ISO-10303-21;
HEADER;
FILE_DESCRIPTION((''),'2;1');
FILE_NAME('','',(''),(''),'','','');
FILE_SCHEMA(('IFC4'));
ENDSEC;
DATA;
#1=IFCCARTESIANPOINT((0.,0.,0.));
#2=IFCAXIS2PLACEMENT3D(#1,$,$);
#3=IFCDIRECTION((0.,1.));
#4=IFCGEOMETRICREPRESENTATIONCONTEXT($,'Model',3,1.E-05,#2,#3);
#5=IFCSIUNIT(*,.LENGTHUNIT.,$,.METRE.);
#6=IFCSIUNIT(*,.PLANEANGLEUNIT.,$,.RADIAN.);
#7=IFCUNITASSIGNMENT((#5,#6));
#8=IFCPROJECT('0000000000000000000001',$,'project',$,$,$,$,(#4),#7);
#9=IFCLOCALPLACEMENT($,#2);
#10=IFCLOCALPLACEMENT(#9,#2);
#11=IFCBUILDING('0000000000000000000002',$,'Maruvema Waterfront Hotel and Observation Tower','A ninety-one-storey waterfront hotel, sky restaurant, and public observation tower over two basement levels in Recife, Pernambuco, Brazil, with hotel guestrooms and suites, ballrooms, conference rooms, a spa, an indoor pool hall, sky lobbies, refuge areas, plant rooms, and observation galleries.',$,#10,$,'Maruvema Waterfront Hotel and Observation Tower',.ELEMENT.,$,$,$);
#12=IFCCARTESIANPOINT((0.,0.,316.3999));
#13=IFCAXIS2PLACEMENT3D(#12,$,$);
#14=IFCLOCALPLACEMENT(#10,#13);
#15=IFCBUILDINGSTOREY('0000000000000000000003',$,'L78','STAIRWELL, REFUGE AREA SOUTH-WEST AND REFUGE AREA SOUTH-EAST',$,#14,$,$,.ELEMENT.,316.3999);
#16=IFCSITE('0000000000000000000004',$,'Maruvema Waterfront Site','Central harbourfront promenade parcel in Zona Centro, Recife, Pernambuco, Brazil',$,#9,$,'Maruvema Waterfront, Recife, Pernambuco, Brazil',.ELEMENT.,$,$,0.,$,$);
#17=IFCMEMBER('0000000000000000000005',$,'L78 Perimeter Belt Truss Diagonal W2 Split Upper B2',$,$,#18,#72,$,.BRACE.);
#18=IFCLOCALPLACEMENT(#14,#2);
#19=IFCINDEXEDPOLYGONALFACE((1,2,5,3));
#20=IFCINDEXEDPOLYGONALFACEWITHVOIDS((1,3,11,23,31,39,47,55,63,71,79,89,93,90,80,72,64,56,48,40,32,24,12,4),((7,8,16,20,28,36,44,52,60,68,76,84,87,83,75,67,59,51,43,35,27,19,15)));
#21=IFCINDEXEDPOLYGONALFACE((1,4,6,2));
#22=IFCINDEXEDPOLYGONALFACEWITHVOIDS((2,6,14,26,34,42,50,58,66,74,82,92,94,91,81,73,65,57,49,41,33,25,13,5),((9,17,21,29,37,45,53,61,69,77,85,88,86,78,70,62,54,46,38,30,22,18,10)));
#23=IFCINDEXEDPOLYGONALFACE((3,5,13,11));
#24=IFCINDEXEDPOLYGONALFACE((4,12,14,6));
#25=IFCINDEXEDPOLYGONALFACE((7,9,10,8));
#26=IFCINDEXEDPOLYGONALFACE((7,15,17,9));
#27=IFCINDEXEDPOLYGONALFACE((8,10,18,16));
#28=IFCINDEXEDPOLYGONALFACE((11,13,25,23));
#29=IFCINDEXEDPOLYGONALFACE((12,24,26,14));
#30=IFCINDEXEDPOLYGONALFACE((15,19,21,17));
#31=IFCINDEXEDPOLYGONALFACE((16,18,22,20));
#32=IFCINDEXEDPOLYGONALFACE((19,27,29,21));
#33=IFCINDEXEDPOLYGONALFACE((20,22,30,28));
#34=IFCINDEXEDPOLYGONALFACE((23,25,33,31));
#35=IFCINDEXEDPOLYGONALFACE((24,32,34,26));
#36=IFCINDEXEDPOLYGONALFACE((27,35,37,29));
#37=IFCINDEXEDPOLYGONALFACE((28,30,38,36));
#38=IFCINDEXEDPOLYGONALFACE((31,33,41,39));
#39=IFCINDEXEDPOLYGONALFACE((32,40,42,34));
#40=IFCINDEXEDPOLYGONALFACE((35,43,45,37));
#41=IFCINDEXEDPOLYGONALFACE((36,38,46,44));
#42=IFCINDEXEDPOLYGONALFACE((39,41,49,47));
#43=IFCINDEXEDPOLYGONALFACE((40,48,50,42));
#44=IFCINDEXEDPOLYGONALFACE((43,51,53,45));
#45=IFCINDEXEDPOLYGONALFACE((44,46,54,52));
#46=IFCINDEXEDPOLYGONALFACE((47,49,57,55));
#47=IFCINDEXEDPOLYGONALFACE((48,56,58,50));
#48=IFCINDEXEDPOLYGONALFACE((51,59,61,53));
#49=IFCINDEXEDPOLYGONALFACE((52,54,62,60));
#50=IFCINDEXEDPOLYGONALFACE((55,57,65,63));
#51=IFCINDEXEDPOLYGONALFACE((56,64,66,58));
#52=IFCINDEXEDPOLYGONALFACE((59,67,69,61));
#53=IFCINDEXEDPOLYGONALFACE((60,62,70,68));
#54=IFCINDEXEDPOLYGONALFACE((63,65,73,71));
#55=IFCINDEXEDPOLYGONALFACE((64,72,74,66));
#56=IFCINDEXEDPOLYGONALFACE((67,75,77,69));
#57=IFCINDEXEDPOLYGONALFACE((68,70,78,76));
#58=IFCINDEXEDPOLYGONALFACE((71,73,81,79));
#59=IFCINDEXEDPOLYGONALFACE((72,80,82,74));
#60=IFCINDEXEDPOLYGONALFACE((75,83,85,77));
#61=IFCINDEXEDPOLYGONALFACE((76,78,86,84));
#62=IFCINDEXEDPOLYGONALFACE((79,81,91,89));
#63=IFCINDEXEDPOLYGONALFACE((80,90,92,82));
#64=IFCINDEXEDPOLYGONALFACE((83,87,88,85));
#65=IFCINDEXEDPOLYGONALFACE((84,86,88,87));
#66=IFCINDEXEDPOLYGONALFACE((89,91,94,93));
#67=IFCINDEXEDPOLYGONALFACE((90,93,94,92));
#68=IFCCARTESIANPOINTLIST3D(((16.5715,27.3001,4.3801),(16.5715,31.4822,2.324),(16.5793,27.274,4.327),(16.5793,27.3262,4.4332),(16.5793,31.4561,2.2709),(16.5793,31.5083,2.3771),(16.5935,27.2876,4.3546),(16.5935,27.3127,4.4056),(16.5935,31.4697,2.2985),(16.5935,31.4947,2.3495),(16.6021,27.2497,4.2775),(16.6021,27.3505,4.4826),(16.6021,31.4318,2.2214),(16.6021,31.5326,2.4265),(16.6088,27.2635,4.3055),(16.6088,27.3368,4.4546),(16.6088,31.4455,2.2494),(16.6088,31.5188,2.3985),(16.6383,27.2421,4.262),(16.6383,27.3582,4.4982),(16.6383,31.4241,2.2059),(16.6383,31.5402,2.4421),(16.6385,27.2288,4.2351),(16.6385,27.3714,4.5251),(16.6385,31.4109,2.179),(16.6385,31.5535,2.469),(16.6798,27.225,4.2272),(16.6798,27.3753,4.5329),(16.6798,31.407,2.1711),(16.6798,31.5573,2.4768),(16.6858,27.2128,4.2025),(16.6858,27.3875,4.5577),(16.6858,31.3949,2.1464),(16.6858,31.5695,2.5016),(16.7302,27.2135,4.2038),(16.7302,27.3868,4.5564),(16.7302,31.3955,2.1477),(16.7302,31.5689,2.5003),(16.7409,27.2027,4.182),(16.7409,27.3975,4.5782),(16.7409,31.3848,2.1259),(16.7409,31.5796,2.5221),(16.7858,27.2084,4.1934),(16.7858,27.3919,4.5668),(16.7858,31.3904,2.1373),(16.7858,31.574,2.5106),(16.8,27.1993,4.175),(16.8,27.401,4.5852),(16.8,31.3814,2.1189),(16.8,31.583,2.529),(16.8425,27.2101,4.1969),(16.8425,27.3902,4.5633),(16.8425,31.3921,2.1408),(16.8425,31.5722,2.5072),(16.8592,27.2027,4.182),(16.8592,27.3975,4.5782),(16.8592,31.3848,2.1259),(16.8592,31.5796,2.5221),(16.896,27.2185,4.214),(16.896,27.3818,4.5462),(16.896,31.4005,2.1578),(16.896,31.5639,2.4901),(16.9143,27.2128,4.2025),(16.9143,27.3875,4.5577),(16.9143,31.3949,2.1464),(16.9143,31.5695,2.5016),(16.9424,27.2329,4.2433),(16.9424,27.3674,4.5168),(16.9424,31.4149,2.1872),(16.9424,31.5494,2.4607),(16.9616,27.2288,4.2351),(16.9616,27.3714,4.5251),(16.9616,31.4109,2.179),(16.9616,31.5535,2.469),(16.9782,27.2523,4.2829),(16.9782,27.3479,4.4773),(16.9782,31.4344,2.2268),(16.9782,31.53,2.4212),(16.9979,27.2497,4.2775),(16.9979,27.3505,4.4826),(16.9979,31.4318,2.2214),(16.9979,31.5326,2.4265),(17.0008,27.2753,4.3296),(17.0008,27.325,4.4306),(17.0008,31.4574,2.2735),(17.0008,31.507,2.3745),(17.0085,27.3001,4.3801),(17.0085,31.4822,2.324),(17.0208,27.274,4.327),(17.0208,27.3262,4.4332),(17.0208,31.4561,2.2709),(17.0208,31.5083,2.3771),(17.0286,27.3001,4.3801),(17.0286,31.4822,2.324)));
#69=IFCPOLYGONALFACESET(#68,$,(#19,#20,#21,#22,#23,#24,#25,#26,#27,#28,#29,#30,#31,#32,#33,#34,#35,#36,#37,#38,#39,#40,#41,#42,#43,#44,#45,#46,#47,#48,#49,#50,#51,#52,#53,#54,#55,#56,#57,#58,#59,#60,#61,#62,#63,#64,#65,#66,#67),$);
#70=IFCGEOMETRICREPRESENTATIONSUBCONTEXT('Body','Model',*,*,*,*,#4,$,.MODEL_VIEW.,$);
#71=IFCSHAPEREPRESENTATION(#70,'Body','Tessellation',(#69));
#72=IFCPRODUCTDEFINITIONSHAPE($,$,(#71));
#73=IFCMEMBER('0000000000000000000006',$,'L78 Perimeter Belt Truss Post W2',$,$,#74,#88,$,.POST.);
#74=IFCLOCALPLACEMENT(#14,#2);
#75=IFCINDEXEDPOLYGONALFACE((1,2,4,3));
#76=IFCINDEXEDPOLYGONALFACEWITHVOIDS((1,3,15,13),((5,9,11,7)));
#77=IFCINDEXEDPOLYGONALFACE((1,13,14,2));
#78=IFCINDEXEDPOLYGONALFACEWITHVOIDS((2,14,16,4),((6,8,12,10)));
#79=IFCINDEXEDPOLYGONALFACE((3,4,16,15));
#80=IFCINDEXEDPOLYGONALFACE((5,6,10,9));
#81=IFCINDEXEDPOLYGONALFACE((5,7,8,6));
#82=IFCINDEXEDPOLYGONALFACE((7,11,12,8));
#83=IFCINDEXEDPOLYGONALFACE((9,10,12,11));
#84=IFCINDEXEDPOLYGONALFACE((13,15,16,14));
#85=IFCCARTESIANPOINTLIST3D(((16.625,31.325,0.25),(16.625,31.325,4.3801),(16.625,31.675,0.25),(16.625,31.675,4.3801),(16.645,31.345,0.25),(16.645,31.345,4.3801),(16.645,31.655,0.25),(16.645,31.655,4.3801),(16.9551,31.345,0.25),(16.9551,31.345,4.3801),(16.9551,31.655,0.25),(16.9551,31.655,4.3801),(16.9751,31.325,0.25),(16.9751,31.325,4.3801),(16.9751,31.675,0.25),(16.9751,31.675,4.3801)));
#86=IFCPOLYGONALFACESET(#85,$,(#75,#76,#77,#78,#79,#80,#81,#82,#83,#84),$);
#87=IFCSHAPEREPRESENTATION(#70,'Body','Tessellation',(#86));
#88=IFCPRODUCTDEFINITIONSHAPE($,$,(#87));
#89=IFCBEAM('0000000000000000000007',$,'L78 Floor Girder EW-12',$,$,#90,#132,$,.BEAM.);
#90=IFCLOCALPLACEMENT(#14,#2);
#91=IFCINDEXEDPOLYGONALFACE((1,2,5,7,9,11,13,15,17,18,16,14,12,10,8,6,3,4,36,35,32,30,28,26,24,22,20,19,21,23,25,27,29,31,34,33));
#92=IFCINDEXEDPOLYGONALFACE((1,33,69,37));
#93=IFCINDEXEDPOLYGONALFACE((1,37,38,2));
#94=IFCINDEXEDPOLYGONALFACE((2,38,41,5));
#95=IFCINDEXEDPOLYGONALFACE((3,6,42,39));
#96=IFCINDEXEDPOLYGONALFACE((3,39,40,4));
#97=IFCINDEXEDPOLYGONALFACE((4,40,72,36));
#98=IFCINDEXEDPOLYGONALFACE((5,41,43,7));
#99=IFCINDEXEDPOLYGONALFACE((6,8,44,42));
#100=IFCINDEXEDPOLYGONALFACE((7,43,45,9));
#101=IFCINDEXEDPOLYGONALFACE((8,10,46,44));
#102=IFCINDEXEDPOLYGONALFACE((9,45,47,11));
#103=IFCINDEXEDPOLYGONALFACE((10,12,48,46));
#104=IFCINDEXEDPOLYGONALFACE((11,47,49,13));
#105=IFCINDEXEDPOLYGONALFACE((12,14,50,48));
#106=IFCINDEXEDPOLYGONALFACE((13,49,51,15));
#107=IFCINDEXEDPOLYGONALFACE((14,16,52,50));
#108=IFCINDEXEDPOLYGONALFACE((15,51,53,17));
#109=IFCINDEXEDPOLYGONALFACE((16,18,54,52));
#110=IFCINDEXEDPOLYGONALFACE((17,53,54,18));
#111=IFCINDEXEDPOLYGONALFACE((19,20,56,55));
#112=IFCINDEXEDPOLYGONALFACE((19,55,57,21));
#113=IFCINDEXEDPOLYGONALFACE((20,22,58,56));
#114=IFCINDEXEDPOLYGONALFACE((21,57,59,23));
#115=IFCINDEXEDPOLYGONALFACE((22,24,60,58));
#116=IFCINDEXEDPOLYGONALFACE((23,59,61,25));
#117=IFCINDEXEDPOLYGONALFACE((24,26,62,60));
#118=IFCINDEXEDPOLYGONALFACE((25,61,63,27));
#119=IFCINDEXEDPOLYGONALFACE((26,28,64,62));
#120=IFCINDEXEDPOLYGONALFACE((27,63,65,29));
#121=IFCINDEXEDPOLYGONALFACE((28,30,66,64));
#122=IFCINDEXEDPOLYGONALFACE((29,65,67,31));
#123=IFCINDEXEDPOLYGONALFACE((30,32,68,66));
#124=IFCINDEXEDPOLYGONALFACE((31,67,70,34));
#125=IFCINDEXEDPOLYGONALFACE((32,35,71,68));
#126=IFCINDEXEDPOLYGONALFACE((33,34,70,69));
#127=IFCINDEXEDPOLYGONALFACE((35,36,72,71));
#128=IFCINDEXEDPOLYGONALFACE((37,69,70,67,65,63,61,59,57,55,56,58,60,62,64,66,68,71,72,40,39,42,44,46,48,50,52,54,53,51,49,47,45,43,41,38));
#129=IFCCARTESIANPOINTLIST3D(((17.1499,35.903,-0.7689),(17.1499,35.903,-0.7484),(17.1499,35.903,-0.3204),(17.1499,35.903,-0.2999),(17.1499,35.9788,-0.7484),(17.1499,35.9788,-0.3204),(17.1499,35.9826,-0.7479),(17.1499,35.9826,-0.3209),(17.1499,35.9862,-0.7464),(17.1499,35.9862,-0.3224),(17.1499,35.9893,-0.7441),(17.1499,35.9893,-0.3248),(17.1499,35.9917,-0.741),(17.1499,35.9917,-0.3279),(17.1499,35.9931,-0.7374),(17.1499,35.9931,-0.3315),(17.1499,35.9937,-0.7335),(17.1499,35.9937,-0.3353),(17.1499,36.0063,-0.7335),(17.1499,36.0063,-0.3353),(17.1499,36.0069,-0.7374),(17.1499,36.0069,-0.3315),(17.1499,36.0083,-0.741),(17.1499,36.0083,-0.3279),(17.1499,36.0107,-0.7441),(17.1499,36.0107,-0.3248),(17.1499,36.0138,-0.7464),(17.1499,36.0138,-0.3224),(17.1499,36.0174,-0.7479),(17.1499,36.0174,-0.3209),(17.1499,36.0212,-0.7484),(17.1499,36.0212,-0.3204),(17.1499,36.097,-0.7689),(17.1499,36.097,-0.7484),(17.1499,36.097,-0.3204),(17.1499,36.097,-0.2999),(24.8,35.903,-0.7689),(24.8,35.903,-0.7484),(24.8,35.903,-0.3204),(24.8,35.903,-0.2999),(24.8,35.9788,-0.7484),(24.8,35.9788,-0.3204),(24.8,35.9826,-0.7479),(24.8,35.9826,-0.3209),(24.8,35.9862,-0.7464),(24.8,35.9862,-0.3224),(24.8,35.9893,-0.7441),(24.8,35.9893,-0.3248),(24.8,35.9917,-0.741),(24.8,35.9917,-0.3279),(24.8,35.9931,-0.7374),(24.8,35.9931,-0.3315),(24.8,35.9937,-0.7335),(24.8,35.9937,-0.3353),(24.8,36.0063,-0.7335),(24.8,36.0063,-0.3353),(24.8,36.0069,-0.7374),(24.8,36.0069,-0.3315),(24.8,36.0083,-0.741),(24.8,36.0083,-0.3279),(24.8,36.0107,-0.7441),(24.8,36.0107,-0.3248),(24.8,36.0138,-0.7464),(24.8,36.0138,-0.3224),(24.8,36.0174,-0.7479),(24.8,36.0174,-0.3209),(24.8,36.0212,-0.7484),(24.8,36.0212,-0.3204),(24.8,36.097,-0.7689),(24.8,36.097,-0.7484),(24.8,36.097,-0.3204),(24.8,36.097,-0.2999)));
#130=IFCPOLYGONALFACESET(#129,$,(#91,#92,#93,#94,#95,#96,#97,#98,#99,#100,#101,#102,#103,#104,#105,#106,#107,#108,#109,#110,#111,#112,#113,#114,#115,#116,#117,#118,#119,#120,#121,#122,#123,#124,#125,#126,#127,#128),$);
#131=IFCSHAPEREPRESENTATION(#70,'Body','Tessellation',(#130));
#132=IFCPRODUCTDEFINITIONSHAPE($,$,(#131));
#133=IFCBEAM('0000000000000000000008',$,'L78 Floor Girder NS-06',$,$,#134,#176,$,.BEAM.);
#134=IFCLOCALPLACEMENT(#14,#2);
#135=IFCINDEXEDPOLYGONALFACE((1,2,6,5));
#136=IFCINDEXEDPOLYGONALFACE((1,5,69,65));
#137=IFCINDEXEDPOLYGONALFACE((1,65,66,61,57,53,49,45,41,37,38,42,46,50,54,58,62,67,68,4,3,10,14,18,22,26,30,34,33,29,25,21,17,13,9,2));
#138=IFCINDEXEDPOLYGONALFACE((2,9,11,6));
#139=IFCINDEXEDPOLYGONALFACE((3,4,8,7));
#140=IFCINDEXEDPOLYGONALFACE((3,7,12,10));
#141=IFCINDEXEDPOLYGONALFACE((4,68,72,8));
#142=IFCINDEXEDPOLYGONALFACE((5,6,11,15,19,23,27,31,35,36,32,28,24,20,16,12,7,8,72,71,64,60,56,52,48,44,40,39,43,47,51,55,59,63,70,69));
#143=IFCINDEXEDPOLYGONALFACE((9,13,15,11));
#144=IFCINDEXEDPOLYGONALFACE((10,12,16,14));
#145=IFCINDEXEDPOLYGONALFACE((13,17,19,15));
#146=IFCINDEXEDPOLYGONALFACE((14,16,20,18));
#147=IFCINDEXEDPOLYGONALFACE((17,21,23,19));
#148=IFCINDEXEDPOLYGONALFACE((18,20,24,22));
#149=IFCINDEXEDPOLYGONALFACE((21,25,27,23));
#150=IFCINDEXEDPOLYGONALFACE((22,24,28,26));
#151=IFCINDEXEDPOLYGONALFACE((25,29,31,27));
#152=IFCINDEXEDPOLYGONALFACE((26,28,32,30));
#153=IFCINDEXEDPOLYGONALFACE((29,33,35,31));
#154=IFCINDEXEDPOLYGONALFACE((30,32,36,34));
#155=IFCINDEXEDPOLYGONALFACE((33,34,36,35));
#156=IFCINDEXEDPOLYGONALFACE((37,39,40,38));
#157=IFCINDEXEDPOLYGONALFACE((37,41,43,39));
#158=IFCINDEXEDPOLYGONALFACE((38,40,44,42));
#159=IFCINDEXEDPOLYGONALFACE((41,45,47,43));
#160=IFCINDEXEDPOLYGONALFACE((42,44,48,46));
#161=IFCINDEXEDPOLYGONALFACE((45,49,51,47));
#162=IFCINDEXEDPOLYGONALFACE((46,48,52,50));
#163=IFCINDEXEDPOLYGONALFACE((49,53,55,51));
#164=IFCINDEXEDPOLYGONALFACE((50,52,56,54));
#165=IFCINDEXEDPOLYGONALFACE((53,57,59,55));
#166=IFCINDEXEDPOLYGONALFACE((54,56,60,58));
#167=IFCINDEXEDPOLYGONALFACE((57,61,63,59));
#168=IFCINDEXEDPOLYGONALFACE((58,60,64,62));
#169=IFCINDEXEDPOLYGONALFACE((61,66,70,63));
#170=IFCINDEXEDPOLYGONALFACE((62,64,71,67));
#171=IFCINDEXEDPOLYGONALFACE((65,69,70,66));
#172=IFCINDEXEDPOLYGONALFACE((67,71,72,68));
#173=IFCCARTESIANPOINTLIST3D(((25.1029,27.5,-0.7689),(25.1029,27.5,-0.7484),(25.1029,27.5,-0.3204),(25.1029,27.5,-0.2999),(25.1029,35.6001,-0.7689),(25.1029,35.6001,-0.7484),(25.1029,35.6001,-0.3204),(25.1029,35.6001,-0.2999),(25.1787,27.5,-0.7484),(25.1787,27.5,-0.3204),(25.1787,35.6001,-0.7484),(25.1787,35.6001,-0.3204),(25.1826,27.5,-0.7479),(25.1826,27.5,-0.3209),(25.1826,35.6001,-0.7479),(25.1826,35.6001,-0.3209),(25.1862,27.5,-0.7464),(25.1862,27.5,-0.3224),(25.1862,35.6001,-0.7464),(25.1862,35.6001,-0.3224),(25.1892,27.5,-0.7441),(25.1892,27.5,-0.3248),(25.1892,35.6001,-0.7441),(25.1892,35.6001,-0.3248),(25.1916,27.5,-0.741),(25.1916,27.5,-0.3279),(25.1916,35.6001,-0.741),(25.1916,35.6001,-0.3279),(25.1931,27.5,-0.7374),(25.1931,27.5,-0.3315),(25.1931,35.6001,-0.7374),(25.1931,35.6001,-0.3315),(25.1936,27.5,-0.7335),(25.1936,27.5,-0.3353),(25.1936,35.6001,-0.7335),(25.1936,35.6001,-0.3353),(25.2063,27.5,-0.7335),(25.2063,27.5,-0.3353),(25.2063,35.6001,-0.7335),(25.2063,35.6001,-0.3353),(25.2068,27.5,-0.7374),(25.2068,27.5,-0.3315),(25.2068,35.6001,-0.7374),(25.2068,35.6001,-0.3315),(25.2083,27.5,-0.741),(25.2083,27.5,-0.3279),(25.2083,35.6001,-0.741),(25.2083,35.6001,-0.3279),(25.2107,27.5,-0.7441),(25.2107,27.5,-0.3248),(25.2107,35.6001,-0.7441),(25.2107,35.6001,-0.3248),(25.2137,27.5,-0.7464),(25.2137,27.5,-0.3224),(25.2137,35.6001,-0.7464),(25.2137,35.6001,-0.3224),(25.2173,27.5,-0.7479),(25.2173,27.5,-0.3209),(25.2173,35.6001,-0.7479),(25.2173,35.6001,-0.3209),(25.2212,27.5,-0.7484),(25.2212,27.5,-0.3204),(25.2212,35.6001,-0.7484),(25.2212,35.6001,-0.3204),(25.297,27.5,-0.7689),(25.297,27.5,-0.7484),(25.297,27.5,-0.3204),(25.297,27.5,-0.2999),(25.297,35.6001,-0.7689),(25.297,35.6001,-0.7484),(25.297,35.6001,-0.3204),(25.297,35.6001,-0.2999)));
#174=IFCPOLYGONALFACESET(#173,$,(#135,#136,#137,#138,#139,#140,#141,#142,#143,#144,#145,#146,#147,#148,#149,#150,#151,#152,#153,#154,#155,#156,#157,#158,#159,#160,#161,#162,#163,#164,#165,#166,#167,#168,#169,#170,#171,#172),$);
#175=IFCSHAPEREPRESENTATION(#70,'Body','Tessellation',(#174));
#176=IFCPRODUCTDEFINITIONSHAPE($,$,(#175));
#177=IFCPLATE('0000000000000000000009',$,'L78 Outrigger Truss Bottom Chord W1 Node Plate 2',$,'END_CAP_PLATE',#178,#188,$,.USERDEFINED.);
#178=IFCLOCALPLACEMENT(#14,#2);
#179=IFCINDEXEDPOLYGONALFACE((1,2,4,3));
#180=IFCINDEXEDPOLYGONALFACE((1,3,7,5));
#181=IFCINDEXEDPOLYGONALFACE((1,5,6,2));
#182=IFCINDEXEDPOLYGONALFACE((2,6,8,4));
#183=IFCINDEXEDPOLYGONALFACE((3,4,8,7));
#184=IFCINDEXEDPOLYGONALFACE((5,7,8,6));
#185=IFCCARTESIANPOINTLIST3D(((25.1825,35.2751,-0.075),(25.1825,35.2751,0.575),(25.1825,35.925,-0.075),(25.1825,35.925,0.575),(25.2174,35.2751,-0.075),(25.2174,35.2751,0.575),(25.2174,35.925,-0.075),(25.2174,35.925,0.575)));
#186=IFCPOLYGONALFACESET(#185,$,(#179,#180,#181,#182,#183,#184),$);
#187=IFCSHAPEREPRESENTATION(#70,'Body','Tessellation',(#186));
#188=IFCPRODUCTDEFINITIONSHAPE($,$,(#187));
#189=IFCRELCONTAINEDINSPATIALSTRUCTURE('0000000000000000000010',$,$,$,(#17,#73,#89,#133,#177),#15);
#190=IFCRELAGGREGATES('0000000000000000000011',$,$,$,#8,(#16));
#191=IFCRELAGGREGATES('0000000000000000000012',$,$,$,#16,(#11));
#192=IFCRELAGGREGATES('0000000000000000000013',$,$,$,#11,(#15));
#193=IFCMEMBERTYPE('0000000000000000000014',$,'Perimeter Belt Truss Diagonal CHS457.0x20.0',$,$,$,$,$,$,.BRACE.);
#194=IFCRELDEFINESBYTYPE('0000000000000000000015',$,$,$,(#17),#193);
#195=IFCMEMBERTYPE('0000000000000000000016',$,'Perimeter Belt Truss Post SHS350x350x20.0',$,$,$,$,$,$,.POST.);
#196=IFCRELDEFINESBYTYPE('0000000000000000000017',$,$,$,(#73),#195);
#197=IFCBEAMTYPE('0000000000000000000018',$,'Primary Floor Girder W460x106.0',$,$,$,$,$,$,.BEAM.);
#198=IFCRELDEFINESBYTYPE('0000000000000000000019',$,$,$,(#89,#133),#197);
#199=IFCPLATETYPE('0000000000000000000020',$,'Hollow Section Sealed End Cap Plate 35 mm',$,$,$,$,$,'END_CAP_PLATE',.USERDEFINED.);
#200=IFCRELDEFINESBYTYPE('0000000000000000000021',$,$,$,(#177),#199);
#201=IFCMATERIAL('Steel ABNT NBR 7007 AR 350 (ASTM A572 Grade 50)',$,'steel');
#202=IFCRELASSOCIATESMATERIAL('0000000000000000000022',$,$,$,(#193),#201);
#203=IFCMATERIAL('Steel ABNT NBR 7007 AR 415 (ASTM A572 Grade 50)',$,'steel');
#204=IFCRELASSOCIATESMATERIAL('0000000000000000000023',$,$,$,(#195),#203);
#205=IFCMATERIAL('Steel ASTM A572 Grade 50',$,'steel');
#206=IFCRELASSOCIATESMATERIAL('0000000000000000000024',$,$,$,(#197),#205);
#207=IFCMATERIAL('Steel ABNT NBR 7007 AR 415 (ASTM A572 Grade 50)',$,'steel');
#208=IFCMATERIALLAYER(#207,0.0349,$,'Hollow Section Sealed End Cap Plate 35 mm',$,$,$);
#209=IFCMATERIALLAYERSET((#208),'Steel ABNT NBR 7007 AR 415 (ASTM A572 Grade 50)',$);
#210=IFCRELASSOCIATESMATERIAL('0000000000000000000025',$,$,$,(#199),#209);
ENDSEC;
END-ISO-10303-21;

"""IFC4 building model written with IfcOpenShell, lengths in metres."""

from ifc_helpers import new_model, si_unit, direction, frame, origin, origin_2d, place, context, subcontext, project, spatial, rectangle, hollow_rectangle, hollow_circle, i_section, extrude, material, layer, layer_set, material_profile, profile_set, type_object, element, save


model = new_model("IFC4")

# Units and contexts
model_context = context("Model", 3, precision=1e-05, world=origin(), true_north=direction((0.0, 1.0)))
body_context = subcontext(model_context, "Body", "Model", "MODEL_VIEW")
ifc_project = project(units=[si_unit("LENGTHUNIT", "METRE"), si_unit("PLANEANGLEUNIT", "RADIAN")], contexts=[model_context])

# Site, building, storey
site_placement = place(None, origin())
site = spatial("IfcSite", under=ifc_project, at=site_placement, Name="Maruvema Waterfront Site", Description="Central harbourfront promenade parcel in Zona Centro, Recife, Pernambuco, Brazil", LongName="Maruvema Waterfront, Recife, Pernambuco, Brazil", CompositionType="ELEMENT", RefElevation=0.0)
building_placement = place(site_placement, origin())
building = spatial("IfcBuilding", under=site, at=building_placement, Name="Maruvema Waterfront Hotel and Observation Tower", Description="A ninety-one-storey waterfront hotel, sky restaurant, and public observation tower over two basement levels in Recife, Pernambuco, Brazil, with hotel guestrooms and suites, ballrooms, conference rooms, a spa, an indoor pool hall, sky lobbies, refuge areas, plant rooms, and observation galleries.", LongName="Maruvema Waterfront Hotel and Observation Tower", CompositionType="ELEMENT")
storey_placement = place(building_placement, frame((0.0, 0.0, 316.3999)))
storey = spatial("IfcBuildingStorey", under=building, at=storey_placement, Name="L78", Description="STAIRWELL, REFUGE AREA SOUTH-WEST AND REFUGE AREA SOUTH-EAST", CompositionType="ELEMENT", Elevation=316.3999)

# Members
ifc_material_1 = material(Name="Steel ABNT NBR 7007 AR 350 (ASTM A572 Grade 50)", Category="steel")
ifc_material_profile_1 = material_profile(ifc_material_1, hollow_circle(Radius=0.2285, WallThickness=0.02, at=origin_2d()), Name="CHS457.0x20.0")
ifc_profile_set_1 = profile_set([ifc_material_profile_1], Name="Steel ABNT NBR 7007 AR 350 (ASTM A572 Grade 50)")
member_type_1 = type_object("IfcMemberType", Name="Perimeter Belt Truss Diagonal CHS457.0x20.0", PredefinedType="BRACE", material=ifc_profile_set_1)
member_1_placement = place(storey_placement, frame((16.8, 31.4822, 2.324), z_axis=(0.0, -0.897404, 0.44121), x_axis=(1.0, 0.0, 0.0)))
element("IfcMember", 1, at=member_1_placement, inside=storey, type_object=member_type_1, Name="L78 Perimeter Belt Truss Diagonal W2 Split Upper B2", PredefinedType="BRACE", context=body_context, shape_type="SweptSolid", body=[
    extrude(hollow_circle(Radius=0.2285, WallThickness=0.02, at=origin_2d()), origin(), (0.0, 0.0, 1.0), 4.6602),
])
ifc_material_2 = material(Name="Steel ABNT NBR 7007 AR 415 (ASTM A572 Grade 50)", Category="steel")
ifc_material_profile_2 = material_profile(ifc_material_2, hollow_rectangle(XDim=0.3501, YDim=0.3501, WallThickness=0.02, at=origin_2d()), Name="SHS350x350x20.0")
ifc_profile_set_2 = profile_set([ifc_material_profile_2], Name="Steel ABNT NBR 7007 AR 415 (ASTM A572 Grade 50)")
member_type_2 = type_object("IfcMemberType", Name="Perimeter Belt Truss Post SHS350x350x20.0", PredefinedType="POST", material=ifc_profile_set_2)
member_2_placement = place(storey_placement, frame((16.8, 31.5, 0.25), z_axis=(0.0, 0.0, 1.0), x_axis=(1.0, 0.0, 0.0)))
element("IfcMember", 2, at=member_2_placement, inside=storey, type_object=member_type_2, Name="L78 Perimeter Belt Truss Post W2", PredefinedType="POST", context=body_context, shape_type="SweptSolid", body=[
    extrude(hollow_rectangle(XDim=0.3501, YDim=0.3501, WallThickness=0.02, at=origin_2d()), origin(), (0.0, 0.0, 1.0), 4.1301),
])

# Beams
ifc_material_3 = material(Name="Steel ASTM A572 Grade 50", Category="steel")
ifc_material_profile_3 = material_profile(ifc_material_3, i_section(OverallWidth=0.1941, OverallDepth=0.469, WebThickness=0.0127, FlangeThickness=0.0205, FilletRadius=0.0149, at=origin_2d()), Name="W460x106.0")
ifc_profile_set_3 = profile_set([ifc_material_profile_3], Name="Steel ASTM A572 Grade 50")
beam_type = type_object("IfcBeamType", Name="Primary Floor Girder W460x106.0", PredefinedType="BEAM", material=ifc_profile_set_3)
beam_1_placement = place(storey_placement, frame((17.1499, 36.0, -0.5344), z_axis=(1.0, 0.0, 0.0), x_axis=(0.0, 1.0, 0.0)))
element("IfcBeam", 3, at=beam_1_placement, inside=storey, type_object=beam_type, Name="L78 Floor Girder EW-12", PredefinedType="BEAM", context=body_context, shape_type="SweptSolid", body=[
    extrude(i_section(OverallWidth=0.1941, OverallDepth=0.469, WebThickness=0.0127, FlangeThickness=0.0205, FilletRadius=0.0149, at=origin_2d()), origin(), (0.0, 0.0, 1.0), 7.6501),
])
beam_2_placement = place(storey_placement, frame((25.2, 27.5, -0.5344), z_axis=(0.0, 1.0, 0.0), x_axis=(-1.0, 0.0, 0.0)))
element("IfcBeam", 4, at=beam_2_placement, inside=storey, type_object=beam_type, Name="L78 Floor Girder NS-06", PredefinedType="BEAM", context=body_context, shape_type="SweptSolid", body=[
    extrude(i_section(OverallWidth=0.1941, OverallDepth=0.469, WebThickness=0.0127, FlangeThickness=0.0205, FilletRadius=0.0149, at=origin_2d()), origin(), (0.0, 0.0, 1.0), 8.1001),
])

# Plate
ifc_material_4 = material(Name="Steel ABNT NBR 7007 AR 415 (ASTM A572 Grade 50)", Category="steel")
ifc_layer_1 = layer(ifc_material_4, 0.0349, Name="Hollow Section Sealed End Cap Plate 35 mm")
ifc_layer_set_1 = layer_set([ifc_layer_1], Name="Steel ABNT NBR 7007 AR 415 (ASTM A572 Grade 50)")
plate_type_1 = type_object("IfcPlateType", Name="Hollow Section Sealed End Cap Plate 35 mm", ElementType="END_CAP_PLATE", PredefinedType="USERDEFINED", material=ifc_layer_set_1)
for number, where, z_axis, x_axis, name in (
    (5, (25.2, 35.6001, -0.075), (0.0, 0.0, 1.0), (0.0, 1.0, 0.0), "L78 Outrigger Truss Bottom Chord W1 Node Plate 2"),
):
    element("IfcPlate", number, at=place(storey_placement, frame(where, z_axis=z_axis, x_axis=x_axis)), inside=storey, type_object=plate_type_1, Name=name, ObjectType="END_CAP_PLATE", PredefinedType="USERDEFINED", context=body_context, shape_type="SweptSolid", body=[
        extrude(rectangle(XDim=0.6499, YDim=0.0349, at=origin_2d()), origin(), (0.0, 0.0, 1.0), 0.6499),
    ])

save(model, "model.ifc")
